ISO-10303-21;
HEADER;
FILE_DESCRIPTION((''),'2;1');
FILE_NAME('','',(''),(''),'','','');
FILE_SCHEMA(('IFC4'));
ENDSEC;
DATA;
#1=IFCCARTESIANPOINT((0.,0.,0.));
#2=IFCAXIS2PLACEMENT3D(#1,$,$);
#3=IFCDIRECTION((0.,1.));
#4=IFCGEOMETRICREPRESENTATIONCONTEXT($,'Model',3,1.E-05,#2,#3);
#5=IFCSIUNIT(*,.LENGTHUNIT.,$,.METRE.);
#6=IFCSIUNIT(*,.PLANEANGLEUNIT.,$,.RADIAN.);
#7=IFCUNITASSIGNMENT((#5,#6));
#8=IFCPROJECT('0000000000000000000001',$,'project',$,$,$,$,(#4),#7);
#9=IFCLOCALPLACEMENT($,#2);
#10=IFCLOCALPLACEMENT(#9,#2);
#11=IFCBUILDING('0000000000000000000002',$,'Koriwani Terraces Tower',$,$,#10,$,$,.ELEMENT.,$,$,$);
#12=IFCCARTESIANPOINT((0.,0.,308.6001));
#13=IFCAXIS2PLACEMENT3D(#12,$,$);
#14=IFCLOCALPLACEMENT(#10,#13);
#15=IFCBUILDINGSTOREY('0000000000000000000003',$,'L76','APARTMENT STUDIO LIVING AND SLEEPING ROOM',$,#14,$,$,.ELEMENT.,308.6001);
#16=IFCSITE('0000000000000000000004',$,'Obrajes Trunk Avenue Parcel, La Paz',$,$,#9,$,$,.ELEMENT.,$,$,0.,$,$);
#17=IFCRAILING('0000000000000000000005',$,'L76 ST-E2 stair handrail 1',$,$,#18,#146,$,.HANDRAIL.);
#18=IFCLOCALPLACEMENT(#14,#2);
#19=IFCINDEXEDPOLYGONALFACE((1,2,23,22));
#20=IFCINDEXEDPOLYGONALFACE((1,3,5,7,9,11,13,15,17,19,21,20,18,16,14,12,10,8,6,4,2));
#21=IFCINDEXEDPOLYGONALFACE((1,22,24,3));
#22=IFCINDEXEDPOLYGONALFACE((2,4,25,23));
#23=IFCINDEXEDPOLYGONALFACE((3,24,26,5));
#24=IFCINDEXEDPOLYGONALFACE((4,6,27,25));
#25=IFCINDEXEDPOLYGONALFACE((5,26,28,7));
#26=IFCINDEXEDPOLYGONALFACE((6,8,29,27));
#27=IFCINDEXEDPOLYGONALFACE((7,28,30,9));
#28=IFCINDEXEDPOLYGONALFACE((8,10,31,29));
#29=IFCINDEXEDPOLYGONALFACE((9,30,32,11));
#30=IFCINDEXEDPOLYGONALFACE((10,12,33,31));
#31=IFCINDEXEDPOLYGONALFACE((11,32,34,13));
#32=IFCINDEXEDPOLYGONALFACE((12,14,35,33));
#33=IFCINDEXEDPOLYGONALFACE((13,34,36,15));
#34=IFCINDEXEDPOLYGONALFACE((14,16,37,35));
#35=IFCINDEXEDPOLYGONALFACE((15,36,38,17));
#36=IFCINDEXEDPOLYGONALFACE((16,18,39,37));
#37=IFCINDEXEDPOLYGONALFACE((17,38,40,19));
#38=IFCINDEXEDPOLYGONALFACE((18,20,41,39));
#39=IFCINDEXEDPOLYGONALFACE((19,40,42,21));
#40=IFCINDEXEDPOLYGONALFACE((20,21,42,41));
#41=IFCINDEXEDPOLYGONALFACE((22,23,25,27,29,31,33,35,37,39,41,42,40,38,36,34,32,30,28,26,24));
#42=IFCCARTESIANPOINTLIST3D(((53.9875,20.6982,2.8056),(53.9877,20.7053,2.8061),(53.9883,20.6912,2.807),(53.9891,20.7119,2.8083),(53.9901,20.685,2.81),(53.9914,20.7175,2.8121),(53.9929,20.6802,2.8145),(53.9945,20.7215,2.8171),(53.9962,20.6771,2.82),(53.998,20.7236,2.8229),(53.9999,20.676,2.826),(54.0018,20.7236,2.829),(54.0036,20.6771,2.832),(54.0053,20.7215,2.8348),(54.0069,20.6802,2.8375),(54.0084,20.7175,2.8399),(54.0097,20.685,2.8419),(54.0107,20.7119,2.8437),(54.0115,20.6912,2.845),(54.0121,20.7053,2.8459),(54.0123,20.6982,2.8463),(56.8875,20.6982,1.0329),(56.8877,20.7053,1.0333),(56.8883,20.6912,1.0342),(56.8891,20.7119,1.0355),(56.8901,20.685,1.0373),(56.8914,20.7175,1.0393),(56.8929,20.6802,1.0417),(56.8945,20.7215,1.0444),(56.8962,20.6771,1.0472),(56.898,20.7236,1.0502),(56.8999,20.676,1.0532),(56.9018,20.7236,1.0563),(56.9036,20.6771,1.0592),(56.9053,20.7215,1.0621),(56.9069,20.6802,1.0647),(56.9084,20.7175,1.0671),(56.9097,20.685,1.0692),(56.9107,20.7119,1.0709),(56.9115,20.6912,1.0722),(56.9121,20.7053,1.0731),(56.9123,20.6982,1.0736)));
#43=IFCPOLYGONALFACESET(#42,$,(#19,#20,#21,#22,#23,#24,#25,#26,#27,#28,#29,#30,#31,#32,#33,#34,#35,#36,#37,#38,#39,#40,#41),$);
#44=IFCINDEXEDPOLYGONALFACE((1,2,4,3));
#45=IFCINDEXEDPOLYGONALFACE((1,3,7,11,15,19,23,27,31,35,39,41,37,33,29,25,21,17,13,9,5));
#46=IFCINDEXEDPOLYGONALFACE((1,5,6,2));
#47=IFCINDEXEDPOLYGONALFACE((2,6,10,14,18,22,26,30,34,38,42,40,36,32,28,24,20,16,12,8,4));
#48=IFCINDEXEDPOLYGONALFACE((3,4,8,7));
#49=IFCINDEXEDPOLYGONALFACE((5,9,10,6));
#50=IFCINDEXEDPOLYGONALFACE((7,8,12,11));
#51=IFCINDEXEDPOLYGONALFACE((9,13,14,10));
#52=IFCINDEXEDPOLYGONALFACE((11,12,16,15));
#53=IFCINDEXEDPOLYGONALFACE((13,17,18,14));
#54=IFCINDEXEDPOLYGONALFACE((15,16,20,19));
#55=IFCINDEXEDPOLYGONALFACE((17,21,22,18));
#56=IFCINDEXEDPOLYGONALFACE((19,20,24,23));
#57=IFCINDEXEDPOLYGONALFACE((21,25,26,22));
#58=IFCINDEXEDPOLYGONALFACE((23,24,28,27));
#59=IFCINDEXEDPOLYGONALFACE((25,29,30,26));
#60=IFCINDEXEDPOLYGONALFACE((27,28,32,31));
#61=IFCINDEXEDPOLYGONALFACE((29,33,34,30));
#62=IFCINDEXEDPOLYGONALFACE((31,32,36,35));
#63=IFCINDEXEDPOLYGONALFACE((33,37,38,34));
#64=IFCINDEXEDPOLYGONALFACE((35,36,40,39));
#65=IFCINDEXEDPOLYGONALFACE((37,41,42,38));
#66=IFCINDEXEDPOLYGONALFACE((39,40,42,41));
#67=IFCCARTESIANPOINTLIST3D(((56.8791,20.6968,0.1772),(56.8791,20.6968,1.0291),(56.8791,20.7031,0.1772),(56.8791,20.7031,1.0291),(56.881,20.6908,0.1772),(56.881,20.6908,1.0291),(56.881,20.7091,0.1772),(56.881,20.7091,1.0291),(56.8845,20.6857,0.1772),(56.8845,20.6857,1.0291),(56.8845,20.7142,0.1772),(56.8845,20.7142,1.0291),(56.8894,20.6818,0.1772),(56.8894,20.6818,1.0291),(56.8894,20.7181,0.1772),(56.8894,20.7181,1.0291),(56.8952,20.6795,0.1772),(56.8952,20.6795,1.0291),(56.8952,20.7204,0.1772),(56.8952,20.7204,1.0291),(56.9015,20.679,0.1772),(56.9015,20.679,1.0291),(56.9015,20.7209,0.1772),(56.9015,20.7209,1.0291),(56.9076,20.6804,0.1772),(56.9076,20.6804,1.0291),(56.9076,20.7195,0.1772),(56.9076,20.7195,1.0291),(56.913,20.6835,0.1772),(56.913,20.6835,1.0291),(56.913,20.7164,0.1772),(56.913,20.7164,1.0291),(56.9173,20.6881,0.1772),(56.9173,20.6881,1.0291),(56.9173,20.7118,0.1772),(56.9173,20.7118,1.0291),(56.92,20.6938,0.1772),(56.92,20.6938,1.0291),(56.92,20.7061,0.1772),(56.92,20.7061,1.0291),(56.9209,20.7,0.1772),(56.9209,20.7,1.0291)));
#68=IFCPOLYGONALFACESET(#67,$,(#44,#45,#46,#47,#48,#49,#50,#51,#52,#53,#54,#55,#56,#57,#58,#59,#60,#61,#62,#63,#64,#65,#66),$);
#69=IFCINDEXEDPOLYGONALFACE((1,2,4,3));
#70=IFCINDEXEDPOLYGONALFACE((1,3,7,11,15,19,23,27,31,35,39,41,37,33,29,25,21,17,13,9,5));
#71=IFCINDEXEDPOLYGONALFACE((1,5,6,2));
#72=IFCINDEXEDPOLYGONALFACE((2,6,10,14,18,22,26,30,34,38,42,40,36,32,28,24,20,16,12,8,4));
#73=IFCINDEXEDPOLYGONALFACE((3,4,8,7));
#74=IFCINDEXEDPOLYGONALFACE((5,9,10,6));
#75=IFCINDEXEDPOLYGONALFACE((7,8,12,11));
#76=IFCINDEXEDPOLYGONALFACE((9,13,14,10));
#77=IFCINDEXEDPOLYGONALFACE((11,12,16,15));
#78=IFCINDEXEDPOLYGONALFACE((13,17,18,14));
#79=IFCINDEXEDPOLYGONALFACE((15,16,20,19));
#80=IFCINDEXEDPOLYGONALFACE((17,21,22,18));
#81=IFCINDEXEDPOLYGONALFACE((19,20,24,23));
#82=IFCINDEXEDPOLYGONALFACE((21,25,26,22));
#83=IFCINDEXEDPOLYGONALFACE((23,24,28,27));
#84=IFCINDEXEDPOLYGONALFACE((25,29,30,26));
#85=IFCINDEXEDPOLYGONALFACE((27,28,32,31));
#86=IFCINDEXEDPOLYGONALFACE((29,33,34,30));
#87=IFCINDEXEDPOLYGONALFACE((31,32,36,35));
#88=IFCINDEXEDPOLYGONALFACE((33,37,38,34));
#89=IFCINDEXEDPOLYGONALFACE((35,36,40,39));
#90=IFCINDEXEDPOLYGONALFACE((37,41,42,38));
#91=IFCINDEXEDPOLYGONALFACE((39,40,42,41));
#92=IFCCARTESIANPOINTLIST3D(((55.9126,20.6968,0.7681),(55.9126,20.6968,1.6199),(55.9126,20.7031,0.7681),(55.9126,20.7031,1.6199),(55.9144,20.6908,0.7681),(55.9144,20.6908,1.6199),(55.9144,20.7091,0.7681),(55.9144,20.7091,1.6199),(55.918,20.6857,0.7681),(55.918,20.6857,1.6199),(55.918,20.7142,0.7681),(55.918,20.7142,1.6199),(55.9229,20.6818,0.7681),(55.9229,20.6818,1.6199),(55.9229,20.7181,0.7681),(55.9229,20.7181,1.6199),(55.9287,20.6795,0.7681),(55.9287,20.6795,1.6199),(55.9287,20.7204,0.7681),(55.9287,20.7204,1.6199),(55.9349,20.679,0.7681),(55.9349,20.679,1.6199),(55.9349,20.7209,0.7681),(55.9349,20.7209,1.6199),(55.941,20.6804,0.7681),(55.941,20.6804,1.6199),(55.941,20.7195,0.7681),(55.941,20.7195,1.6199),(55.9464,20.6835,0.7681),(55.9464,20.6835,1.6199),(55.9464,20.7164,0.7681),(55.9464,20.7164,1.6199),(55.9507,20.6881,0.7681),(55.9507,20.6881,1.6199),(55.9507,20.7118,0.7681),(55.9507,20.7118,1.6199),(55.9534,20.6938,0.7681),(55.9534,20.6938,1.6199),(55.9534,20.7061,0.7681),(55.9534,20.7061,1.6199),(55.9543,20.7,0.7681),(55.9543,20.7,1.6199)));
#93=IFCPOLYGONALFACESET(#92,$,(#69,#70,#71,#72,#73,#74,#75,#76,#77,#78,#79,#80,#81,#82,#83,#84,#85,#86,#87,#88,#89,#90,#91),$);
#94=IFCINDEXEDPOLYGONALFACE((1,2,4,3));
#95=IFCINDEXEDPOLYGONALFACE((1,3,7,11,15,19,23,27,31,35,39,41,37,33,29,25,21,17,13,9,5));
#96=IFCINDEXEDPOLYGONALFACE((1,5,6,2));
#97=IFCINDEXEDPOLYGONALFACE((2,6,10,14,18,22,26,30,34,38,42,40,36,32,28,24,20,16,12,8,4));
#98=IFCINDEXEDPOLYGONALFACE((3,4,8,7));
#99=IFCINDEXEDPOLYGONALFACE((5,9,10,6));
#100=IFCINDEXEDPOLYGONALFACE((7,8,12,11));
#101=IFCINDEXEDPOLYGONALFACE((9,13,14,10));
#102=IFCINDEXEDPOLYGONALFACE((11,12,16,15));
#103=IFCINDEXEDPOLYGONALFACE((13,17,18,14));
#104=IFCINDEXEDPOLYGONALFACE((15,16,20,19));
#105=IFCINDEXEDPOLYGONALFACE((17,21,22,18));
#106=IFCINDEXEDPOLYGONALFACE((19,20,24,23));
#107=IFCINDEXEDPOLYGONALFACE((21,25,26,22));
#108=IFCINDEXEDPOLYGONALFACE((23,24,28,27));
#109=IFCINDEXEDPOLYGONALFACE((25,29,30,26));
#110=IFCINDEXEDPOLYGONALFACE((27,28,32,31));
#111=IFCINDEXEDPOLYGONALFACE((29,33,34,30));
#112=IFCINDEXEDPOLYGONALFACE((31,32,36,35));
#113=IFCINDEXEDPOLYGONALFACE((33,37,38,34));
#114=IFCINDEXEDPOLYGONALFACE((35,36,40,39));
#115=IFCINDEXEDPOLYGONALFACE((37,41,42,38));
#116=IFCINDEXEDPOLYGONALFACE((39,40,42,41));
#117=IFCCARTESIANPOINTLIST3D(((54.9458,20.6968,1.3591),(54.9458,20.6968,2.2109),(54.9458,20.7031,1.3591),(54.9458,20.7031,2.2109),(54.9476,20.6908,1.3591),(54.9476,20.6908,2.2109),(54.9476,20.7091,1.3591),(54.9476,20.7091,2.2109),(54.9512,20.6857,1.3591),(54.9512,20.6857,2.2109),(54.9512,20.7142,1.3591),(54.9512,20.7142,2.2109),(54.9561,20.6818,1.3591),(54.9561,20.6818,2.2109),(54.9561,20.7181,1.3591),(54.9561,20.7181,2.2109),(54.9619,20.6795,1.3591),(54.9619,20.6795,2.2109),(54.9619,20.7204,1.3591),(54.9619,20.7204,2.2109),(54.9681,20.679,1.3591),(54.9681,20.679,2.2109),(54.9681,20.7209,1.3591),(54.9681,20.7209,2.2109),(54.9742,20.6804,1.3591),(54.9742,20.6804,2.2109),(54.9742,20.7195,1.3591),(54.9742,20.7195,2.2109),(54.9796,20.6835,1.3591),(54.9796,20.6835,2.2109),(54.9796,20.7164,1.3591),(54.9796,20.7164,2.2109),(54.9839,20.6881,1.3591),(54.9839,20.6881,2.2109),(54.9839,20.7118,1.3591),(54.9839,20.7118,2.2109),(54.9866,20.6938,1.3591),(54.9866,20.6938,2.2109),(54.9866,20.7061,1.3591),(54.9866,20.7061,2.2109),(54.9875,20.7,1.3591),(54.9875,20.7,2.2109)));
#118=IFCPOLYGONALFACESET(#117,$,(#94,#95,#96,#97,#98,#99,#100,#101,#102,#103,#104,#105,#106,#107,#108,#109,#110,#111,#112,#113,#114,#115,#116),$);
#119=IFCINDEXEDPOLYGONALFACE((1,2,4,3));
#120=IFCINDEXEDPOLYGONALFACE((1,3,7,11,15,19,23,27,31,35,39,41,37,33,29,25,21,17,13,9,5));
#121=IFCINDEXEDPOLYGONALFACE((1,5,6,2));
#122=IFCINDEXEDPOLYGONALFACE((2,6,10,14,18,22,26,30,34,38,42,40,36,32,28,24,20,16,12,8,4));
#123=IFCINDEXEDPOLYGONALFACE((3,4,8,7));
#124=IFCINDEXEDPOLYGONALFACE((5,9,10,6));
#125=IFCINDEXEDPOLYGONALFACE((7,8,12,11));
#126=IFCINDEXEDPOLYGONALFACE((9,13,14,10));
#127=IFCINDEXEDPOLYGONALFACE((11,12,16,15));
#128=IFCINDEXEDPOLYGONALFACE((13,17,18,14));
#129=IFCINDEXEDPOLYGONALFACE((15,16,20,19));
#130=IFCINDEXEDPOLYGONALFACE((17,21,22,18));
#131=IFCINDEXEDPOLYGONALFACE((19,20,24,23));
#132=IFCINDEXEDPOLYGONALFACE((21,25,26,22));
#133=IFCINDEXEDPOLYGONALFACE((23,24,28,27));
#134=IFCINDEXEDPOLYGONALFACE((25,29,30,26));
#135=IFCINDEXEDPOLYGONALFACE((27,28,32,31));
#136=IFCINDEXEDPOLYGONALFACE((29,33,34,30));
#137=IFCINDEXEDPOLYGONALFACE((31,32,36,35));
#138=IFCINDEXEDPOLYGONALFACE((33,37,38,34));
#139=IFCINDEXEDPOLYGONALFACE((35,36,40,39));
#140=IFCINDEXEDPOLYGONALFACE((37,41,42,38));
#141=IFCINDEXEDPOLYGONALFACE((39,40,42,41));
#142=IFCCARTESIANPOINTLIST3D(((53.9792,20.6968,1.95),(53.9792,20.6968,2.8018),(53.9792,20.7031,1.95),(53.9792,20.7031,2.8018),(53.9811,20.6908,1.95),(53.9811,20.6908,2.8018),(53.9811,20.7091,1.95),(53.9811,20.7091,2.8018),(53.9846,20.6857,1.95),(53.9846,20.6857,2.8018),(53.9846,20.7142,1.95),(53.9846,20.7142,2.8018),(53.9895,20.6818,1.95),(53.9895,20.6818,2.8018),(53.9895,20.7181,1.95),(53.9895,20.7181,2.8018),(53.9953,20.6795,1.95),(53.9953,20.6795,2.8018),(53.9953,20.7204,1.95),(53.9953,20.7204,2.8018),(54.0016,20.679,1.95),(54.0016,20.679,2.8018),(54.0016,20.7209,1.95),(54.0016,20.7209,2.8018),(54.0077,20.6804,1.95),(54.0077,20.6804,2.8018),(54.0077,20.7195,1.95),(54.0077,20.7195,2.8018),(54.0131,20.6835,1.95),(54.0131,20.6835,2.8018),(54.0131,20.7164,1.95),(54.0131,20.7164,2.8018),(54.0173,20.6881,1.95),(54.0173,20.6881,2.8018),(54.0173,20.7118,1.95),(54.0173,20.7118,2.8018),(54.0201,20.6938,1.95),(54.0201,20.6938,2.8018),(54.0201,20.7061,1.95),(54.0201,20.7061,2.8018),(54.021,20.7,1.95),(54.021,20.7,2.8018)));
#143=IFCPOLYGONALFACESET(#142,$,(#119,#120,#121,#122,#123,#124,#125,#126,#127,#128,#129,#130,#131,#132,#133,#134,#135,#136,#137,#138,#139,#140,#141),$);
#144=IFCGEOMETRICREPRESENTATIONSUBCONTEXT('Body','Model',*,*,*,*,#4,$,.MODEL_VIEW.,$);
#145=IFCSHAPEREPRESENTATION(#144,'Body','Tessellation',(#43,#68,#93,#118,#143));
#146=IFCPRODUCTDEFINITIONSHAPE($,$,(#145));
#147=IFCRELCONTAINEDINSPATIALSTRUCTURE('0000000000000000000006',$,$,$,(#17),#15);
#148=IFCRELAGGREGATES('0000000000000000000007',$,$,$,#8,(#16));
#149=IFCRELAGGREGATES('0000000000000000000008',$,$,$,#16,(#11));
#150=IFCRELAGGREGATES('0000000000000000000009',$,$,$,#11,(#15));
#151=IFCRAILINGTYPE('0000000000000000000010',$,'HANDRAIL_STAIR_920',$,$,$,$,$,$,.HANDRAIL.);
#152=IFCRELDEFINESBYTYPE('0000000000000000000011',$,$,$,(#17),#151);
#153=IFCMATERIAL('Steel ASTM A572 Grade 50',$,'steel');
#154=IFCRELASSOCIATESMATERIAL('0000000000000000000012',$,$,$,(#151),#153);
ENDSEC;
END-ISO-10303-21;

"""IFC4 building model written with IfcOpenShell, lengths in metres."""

from ifc_helpers import new_model, si_unit, direction, frame, origin, origin_2d, place, context, subcontext, project, spatial, circle, extrude, material, type_object, element, save


model = new_model("IFC4")

# Units and contexts
model_context = context("Model", 3, precision=1e-05, world=origin(), true_north=direction((0.0, 1.0)))
body_context = subcontext(model_context, "Body", "Model", "MODEL_VIEW")
ifc_project = project(units=[si_unit("LENGTHUNIT", "METRE"), si_unit("PLANEANGLEUNIT", "RADIAN")], contexts=[model_context])

# Site, building, storey
site_placement = place(None, origin())
site = spatial("IfcSite", under=ifc_project, at=site_placement, Name="Obrajes Trunk Avenue Parcel, La Paz", CompositionType="ELEMENT", RefElevation=0.0)
building_placement = place(site_placement, origin())
building = spatial("IfcBuilding", under=site, at=building_placement, Name="Koriwani Terraces Tower", CompositionType="ELEMENT")
storey_placement = place(building_placement, frame((0.0, 0.0, 308.6001)))
storey = spatial("IfcBuildingStorey", under=building, at=storey_placement, Name="L76", Description="APARTMENT STUDIO LIVING AND SLEEPING ROOM", CompositionType="ELEMENT", Elevation=308.6001)

# Shared definitions
ifc_material_1 = material(Name="Steel ASTM A572 Grade 50", Category="steel")

# Railing
railing_type_1 = type_object("IfcRailingType", Name="HANDRAIL_STAIR_920", PredefinedType="HANDRAIL", material=ifc_material_1)
railing_1_placement = place(storey_placement, frame((56.8999, 20.7, 0.1772)))
element("IfcRailing", 1, at=railing_1_placement, inside=storey, type_object=railing_type_1, Name="L76 ST-E2 stair handrail 1", PredefinedType="HANDRAIL", context=body_context, shape_type="SweptSolid", body=[
    extrude(circle(Radius=0.0239, at=origin_2d()), frame((0.0, 0.0, 0.876), z_axis=(-0.853211, 0.0, 0.521566), x_axis=(0.0, -1.0, 0.0)), (0.0, 0.0, 1.0), 3.3989),
    extrude(circle(Radius=0.021, at=origin_2d()), origin(), (0.0, 0.0, 1.0), 0.8518),
    extrude(circle(Radius=0.021, at=origin_2d()), frame((-0.9666, 0.0, 0.5908)), (0.0, 0.0, 1.0), 0.8518),
    extrude(circle(Radius=0.021, at=origin_2d()), frame((-1.9333, 0.0, 1.1819)), (0.0, 0.0, 1.0), 0.8518),
    extrude(circle(Radius=0.021, at=origin_2d()), frame((-2.8999, 0.0, 1.7727)), (0.0, 0.0, 1.0), 0.8518),
])

save(model, "model.ifc")
